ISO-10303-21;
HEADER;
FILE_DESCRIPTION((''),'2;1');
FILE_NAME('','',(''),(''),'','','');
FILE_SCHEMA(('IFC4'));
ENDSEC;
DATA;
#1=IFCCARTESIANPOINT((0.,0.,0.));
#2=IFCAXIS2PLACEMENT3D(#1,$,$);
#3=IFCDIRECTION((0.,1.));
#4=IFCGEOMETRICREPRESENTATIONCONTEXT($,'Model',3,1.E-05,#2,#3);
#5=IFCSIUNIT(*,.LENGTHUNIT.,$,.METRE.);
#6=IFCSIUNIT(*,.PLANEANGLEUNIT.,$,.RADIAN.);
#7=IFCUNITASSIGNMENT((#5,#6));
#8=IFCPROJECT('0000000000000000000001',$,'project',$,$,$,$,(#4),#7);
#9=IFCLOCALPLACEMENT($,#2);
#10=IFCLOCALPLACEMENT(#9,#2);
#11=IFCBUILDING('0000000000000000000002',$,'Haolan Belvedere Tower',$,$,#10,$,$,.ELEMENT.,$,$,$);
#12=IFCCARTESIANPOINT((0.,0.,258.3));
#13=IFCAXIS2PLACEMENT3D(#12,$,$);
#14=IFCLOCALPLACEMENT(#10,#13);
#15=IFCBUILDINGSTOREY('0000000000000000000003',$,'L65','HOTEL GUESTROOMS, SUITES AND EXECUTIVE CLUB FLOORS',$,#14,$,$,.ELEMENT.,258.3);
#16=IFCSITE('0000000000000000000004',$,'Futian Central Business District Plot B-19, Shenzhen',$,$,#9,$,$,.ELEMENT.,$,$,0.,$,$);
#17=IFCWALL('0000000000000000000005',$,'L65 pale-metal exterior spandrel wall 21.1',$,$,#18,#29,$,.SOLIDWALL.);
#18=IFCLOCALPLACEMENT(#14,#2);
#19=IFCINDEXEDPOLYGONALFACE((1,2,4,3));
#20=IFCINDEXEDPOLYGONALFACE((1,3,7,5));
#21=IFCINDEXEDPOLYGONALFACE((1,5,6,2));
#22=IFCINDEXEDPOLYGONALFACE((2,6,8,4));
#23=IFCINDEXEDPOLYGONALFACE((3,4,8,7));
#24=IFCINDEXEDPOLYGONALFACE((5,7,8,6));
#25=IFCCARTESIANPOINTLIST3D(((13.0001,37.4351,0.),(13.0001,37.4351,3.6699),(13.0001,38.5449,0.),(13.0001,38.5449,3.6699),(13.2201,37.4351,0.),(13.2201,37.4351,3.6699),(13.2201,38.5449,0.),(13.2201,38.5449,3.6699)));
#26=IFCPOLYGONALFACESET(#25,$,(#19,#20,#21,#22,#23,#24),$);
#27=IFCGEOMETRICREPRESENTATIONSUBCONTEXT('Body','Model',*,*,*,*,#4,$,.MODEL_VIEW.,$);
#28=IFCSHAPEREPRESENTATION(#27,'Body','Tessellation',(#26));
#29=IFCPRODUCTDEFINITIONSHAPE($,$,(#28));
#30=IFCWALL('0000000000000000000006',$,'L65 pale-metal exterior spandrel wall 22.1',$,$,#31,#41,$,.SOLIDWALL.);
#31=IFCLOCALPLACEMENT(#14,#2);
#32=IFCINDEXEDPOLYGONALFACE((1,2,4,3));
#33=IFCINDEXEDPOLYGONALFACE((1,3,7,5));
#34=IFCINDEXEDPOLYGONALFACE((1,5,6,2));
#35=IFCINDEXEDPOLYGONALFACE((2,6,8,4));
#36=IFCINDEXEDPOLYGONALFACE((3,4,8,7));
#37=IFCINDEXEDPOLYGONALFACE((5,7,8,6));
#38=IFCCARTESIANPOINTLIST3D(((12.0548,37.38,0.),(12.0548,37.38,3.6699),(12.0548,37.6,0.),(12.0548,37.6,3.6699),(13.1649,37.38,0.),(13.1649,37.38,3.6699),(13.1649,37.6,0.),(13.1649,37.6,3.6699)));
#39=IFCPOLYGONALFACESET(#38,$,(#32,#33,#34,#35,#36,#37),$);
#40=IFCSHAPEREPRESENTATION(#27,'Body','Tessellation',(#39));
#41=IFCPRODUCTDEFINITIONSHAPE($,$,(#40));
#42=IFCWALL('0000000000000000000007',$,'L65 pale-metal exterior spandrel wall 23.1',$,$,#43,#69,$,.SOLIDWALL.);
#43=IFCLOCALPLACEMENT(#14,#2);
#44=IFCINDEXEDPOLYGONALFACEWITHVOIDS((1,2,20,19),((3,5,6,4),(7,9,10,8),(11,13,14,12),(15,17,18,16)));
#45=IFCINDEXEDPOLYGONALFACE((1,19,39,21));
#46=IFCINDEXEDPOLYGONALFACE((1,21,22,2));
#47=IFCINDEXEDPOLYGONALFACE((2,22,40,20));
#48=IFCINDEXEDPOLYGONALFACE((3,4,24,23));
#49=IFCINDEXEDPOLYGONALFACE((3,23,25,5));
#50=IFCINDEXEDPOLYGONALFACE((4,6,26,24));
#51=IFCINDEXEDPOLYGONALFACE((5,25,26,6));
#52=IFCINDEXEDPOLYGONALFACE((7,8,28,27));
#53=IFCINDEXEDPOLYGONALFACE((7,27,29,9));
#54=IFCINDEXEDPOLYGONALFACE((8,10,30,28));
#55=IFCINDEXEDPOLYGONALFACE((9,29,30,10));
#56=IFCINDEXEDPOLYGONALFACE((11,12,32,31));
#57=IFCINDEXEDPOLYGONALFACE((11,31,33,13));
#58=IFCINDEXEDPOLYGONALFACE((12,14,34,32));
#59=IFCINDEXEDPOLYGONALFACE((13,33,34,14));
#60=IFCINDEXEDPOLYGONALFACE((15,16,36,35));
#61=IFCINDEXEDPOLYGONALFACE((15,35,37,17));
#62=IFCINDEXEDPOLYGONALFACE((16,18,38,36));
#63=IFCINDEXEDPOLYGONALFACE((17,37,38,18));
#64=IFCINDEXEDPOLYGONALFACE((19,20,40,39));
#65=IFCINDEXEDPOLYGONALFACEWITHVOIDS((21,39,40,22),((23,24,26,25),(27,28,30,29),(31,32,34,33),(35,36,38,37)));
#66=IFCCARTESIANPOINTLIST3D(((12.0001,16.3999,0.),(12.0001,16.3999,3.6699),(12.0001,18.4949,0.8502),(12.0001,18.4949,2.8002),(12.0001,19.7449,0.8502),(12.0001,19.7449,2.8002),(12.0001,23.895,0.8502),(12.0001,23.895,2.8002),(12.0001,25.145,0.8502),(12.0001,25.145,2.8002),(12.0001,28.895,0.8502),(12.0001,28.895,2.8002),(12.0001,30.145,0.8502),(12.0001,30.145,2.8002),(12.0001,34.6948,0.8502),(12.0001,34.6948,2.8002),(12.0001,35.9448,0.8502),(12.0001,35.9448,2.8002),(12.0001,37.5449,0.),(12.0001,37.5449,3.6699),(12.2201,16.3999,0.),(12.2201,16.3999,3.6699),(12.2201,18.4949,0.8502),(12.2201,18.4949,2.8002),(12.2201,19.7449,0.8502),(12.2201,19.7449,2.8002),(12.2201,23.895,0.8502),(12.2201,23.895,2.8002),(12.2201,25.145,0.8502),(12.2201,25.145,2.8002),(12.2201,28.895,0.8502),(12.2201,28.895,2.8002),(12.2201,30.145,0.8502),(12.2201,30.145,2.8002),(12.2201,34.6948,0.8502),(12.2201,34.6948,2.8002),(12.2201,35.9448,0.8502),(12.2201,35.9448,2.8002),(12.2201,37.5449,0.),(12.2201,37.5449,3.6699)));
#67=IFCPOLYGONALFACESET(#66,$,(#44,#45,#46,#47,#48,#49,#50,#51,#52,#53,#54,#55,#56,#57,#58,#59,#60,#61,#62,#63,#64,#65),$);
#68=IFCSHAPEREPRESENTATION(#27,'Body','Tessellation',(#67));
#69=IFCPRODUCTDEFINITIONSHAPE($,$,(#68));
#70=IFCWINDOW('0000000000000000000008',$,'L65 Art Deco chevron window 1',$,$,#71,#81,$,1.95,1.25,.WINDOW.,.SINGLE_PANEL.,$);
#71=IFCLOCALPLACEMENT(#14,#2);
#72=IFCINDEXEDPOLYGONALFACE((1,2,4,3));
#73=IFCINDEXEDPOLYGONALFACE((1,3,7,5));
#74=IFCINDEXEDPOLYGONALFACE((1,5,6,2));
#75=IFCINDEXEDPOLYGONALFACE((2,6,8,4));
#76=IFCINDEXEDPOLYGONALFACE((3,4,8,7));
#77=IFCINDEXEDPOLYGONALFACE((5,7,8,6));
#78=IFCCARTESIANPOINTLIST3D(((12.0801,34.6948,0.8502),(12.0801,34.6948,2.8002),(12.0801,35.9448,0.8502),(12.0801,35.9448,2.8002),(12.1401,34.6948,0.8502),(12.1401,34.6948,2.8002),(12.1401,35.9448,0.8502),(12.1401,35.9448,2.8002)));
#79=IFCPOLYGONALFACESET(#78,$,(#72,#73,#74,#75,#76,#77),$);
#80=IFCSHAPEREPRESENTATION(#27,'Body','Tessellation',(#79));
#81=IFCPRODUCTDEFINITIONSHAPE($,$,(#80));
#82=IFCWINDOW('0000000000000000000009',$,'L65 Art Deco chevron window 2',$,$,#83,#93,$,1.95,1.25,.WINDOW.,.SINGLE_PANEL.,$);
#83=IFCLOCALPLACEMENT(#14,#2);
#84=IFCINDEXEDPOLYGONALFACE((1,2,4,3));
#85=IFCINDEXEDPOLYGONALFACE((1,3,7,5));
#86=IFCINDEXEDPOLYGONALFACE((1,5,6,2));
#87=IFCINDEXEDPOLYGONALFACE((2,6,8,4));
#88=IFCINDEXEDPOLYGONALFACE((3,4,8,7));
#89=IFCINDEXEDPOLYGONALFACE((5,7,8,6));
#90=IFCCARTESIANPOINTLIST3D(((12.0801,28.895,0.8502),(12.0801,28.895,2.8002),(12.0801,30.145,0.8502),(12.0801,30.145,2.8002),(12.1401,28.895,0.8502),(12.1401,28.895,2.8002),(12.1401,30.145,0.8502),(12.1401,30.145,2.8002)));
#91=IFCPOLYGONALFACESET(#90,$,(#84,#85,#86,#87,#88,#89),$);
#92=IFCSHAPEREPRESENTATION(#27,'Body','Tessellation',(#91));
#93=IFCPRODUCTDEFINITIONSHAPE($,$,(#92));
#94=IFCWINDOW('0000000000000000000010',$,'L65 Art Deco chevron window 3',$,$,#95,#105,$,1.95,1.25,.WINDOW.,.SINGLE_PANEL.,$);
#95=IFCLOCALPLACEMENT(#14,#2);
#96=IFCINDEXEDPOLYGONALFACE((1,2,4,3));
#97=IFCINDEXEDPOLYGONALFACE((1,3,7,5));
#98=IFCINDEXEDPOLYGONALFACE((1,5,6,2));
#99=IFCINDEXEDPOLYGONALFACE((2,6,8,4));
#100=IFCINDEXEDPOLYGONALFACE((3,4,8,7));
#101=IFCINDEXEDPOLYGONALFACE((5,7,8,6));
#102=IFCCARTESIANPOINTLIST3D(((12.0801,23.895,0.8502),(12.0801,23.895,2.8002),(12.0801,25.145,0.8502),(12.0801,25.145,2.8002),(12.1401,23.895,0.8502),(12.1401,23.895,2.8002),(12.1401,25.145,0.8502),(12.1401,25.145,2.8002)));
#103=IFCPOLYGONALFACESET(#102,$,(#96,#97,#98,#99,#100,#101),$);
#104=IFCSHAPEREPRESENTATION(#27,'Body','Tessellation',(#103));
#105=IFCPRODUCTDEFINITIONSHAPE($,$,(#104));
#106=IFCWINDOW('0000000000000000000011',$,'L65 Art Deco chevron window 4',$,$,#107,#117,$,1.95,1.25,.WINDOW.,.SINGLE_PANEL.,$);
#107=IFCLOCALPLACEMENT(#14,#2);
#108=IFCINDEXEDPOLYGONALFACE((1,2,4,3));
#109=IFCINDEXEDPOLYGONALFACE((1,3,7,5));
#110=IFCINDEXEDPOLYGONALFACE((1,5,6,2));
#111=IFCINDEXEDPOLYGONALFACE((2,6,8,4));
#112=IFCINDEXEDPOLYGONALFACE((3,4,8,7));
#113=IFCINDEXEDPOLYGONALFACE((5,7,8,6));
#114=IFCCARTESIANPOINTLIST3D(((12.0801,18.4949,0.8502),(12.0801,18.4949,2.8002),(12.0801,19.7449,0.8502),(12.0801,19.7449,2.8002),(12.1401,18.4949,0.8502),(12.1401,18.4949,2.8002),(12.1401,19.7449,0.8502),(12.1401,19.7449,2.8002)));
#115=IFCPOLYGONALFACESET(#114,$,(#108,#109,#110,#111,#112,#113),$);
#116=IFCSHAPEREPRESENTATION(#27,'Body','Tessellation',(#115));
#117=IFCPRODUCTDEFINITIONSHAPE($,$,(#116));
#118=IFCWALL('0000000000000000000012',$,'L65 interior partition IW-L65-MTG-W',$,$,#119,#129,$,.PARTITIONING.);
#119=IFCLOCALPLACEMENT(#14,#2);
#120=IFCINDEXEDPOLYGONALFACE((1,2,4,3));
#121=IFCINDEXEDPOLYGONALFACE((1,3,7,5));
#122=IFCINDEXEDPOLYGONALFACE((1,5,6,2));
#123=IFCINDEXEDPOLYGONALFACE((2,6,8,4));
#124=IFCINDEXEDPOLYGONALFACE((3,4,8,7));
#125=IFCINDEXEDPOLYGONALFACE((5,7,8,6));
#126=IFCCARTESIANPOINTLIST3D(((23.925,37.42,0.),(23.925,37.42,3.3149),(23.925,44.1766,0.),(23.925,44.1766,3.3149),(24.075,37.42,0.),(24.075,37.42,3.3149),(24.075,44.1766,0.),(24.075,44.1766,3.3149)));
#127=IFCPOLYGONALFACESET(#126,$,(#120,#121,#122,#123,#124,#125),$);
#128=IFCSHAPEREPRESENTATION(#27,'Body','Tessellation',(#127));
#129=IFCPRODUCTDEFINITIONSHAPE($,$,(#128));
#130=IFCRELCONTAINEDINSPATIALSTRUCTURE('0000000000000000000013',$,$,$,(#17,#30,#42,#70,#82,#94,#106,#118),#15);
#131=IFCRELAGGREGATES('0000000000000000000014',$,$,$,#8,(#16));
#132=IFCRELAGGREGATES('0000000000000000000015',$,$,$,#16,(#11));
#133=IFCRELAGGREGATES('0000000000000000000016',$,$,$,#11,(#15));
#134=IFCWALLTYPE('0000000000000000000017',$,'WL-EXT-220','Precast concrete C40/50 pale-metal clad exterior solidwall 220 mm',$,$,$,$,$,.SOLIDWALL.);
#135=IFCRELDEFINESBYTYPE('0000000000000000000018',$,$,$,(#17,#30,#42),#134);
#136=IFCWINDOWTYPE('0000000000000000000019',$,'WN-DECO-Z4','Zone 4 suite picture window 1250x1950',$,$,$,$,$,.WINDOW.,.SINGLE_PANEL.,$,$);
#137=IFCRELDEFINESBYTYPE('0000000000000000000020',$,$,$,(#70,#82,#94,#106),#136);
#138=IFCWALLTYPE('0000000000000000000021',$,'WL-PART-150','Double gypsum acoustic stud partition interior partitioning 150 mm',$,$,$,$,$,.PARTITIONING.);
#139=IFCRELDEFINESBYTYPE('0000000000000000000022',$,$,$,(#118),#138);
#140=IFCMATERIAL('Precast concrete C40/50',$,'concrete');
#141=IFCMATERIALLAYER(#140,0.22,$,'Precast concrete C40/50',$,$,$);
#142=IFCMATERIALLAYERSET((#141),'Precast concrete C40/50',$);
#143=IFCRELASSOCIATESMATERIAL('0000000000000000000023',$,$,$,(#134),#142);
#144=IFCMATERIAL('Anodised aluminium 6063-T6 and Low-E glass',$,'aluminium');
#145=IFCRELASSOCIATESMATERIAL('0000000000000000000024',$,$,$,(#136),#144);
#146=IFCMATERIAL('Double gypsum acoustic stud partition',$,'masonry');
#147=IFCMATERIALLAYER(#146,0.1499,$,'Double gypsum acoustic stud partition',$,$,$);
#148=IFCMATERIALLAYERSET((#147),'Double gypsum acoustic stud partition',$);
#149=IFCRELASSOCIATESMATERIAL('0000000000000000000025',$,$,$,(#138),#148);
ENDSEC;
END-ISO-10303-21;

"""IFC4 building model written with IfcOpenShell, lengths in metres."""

from ifc_helpers import new_model, si_unit, direction, frame, frame_2d, origin, place, context, subcontext, project, spatial, rectangle, extrude, material, layer, layer_set, type_object, element, fill, save


model = new_model("IFC4")

# Units and contexts
model_context = context("Model", 3, precision=1e-05, world=origin(), true_north=direction((0.0, 1.0)))
body_context = subcontext(model_context, "Body", "Model", "MODEL_VIEW")
ifc_project = project(units=[si_unit("LENGTHUNIT", "METRE"), si_unit("PLANEANGLEUNIT", "RADIAN")], contexts=[model_context])

# Site, building, storey
site_placement = place(None, origin())
site = spatial("IfcSite", under=ifc_project, at=site_placement, Name="Futian Central Business District Plot B-19, Shenzhen", CompositionType="ELEMENT", RefElevation=0.0)
building_placement = place(site_placement, origin())
building = spatial("IfcBuilding", under=site, at=building_placement, Name="Haolan Belvedere Tower", CompositionType="ELEMENT")
storey_placement = place(building_placement, frame((0.0, 0.0, 258.3)))
storey = spatial("IfcBuildingStorey", under=building, at=storey_placement, Name="L65", Description="HOTEL GUESTROOMS, SUITES AND EXECUTIVE CLUB FLOORS", CompositionType="ELEMENT", Elevation=258.3)

# Shared definitions
ifc_material_1 = material(Name="Precast concrete C40/50", Category="concrete")
ifc_layer_1 = layer(ifc_material_1, 0.22, Name="Precast concrete C40/50")
ifc_layer_set_1 = layer_set([ifc_layer_1], Name="Precast concrete C40/50")
wall_type_1 = type_object("IfcWallType", Name="WL-EXT-220", Description="Precast concrete C40/50 pale-metal clad exterior solidwall 220 mm", PredefinedType="SOLIDWALL", material=ifc_layer_set_1)

# Shared definitions
ifc_material_2 = material(Name="Anodised aluminium 6063-T6 and Low-E glass", Category="aluminium")
window_type = type_object("IfcWindowType", Name="WN-DECO-Z4", Description="Zone 4 suite picture window 1250x1950", PartitioningType="SINGLE_PANEL", PredefinedType="WINDOW", material=ifc_material_2)

# Walls
wall_1_placement = place(storey_placement, frame((13.1101, 38.5449, 0.0), z_axis=(0.0, 0.0, 1.0), x_axis=(0.0, -1.0, 0.0)))
element("IfcWall", 1, at=wall_1_placement, inside=storey, type_object=wall_type_1, Name="L65 pale-metal exterior spandrel wall 21.1", PredefinedType="SOLIDWALL", context=body_context, shape_type="SweptSolid", body=[
    extrude(rectangle(XDim=1.1099, YDim=0.22, at=frame_2d((0.5549, 0.0))), origin(), (0.0, 0.0, 1.0), 3.6699),
])
wall_2_placement = place(storey_placement, frame((13.165, 37.49, 0.0), z_axis=(0.0, 0.0, 1.0), x_axis=(-1.0, 0.0, 0.0)))
element("IfcWall", 2, at=wall_2_placement, inside=storey, type_object=wall_type_1, Name="L65 pale-metal exterior spandrel wall 22.1", PredefinedType="SOLIDWALL", context=body_context, shape_type="SweptSolid", body=[
    extrude(rectangle(XDim=1.1101, YDim=0.22, at=frame_2d((0.5552, 0.0))), origin(), (0.0, 0.0, 1.0), 3.6699),
])

# Wall, openings, windows
wall_3_placement = place(storey_placement, frame((12.1101, 37.5449, 0.0), z_axis=(0.0, 0.0, 1.0), x_axis=(0.0, -1.0, 0.0)))
wall_3 = element("IfcWall", 3, at=wall_3_placement, inside=storey, type_object=wall_type_1, Name="L65 pale-metal exterior spandrel wall 23.1", PredefinedType="SOLIDWALL", context=body_context, shape_type="SweptSolid", body=[
    extrude(rectangle(XDim=21.145, YDim=0.22, at=frame_2d((10.5725, 0.0))), origin(), (0.0, 0.0, 1.0), 3.6699),
])
opening_1_placement = place(wall_3_placement, frame((1.6001, 0.0, 0.8501)))
opening_1 = element("IfcOpeningElement", 4, at=opening_1_placement, cuts=wall_3, PredefinedType="OPENING", context=body_context, shape_type="SweptSolid", body=[
    extrude(rectangle(XDim=1.25, YDim=1.95, at=frame_2d((0.625, 0.9751))), frame((0.0, 0.1199, 0.0), z_axis=(0.0, -1.0, 0.0), x_axis=(1.0, 0.0, 0.0)), (0.0, 0.0, 1.0), 0.24),
])
opening_2_placement = place(wall_3_placement, frame((7.3999, 0.0, 0.8501)))
opening_2 = element("IfcOpeningElement", 5, at=opening_2_placement, cuts=wall_3, PredefinedType="OPENING", context=body_context, shape_type="SweptSolid", body=[
    extrude(rectangle(XDim=1.25, YDim=1.95, at=frame_2d((0.625, 0.9751))), frame((0.0, 0.1199, 0.0), z_axis=(0.0, -1.0, 0.0), x_axis=(1.0, 0.0, 0.0)), (0.0, 0.0, 1.0), 0.24),
])
opening_3_placement = place(wall_3_placement, frame((12.3999, 0.0, 0.8501)))
opening_3 = element("IfcOpeningElement", 6, at=opening_3_placement, cuts=wall_3, PredefinedType="OPENING", context=body_context, shape_type="SweptSolid", body=[
    extrude(rectangle(XDim=1.25, YDim=1.95, at=frame_2d((0.625, 0.9751))), frame((0.0, 0.1199, 0.0), z_axis=(0.0, -1.0, 0.0), x_axis=(1.0, 0.0, 0.0)), (0.0, 0.0, 1.0), 0.24),
])
opening_4_placement = place(wall_3_placement, frame((17.8, 0.0, 0.8501)))
opening_4 = element("IfcOpeningElement", 7, at=opening_4_placement, cuts=wall_3, PredefinedType="OPENING", context=body_context, shape_type="SweptSolid", body=[
    extrude(rectangle(XDim=1.25, YDim=1.95, at=frame_2d((0.625, 0.9751))), frame((0.0, 0.1199, 0.0), z_axis=(0.0, -1.0, 0.0), x_axis=(1.0, 0.0, 0.0)), (0.0, 0.0, 1.0), 0.24),
])
window_1_placement = place(opening_1_placement, origin())
window_1 = element("IfcWindow", 8, at=window_1_placement, inside=storey, type_object=window_type, Name="L65 Art Deco chevron window 1", OverallHeight=1.95, OverallWidth=1.25, PartitioningType="SINGLE_PANEL", PredefinedType="WINDOW", context=body_context, shape_type="SweptSolid", body=[
    extrude(rectangle(XDim=1.25, YDim=1.95, at=frame_2d((0.625, 0.9751))), frame((0.0, 0.03, 0.0), z_axis=(0.0, -1.0, 0.0), x_axis=(1.0, 0.0, 0.0)), (0.0, 0.0, 1.0), 0.0601),
])
fill(opening_1, window_1)
window_2_placement = place(opening_2_placement, origin())
window_2 = element("IfcWindow", 9, at=window_2_placement, inside=storey, type_object=window_type, Name="L65 Art Deco chevron window 2", OverallHeight=1.95, OverallWidth=1.25, PartitioningType="SINGLE_PANEL", PredefinedType="WINDOW", context=body_context, shape_type="SweptSolid", body=[
    extrude(rectangle(XDim=1.25, YDim=1.95, at=frame_2d((0.625, 0.9751))), frame((0.0, 0.03, 0.0), z_axis=(0.0, -1.0, 0.0), x_axis=(1.0, 0.0, 0.0)), (0.0, 0.0, 1.0), 0.0601),
])
fill(opening_2, window_2)
window_3_placement = place(opening_3_placement, origin())
window_3 = element("IfcWindow", 10, at=window_3_placement, inside=storey, type_object=window_type, Name="L65 Art Deco chevron window 3", OverallHeight=1.95, OverallWidth=1.25, PartitioningType="SINGLE_PANEL", PredefinedType="WINDOW", context=body_context, shape_type="SweptSolid", body=[
    extrude(rectangle(XDim=1.25, YDim=1.95, at=frame_2d((0.625, 0.9751))), frame((0.0, 0.03, 0.0), z_axis=(0.0, -1.0, 0.0), x_axis=(1.0, 0.0, 0.0)), (0.0, 0.0, 1.0), 0.0601),
])
fill(opening_3, window_3)
window_4_placement = place(opening_4_placement, origin())
window_4 = element("IfcWindow", 11, at=window_4_placement, inside=storey, type_object=window_type, Name="L65 Art Deco chevron window 4", OverallHeight=1.95, OverallWidth=1.25, PartitioningType="SINGLE_PANEL", PredefinedType="WINDOW", context=body_context, shape_type="SweptSolid", body=[
    extrude(rectangle(XDim=1.25, YDim=1.95, at=frame_2d((0.625, 0.9751))), frame((0.0, 0.03, 0.0), z_axis=(0.0, -1.0, 0.0), x_axis=(1.0, 0.0, 0.0)), (0.0, 0.0, 1.0), 0.0601),
])
fill(opening_4, window_4)

# Wall
ifc_material_3 = material(Name="Double gypsum acoustic stud partition", Category="masonry")
ifc_layer_2 = layer(ifc_material_3, 0.1499, Name="Double gypsum acoustic stud partition")
ifc_layer_set_2 = layer_set([ifc_layer_2], Name="Double gypsum acoustic stud partition")
wall_type_2 = type_object("IfcWallType", Name="WL-PART-150", Description="Double gypsum acoustic stud partition interior partitioning 150 mm", PredefinedType="PARTITIONING", material=ifc_layer_set_2)
wall_4_placement = place(storey_placement, frame((24.0, 37.4199, 0.0), z_axis=(0.0, 0.0, 1.0), x_axis=(0.0, 1.0, 0.0)))
element("IfcWall", 12, at=wall_4_placement, inside=storey, type_object=wall_type_2, Name="L65 interior partition IW-L65-MTG-W", PredefinedType="PARTITIONING", context=body_context, shape_type="SweptSolid", body=[
    extrude(rectangle(XDim=6.7566, YDim=0.1499, at=frame_2d((3.3784, 0.0))), origin(), (0.0, 0.0, 1.0), 3.3149),
])

save(model, "model.ifc")
